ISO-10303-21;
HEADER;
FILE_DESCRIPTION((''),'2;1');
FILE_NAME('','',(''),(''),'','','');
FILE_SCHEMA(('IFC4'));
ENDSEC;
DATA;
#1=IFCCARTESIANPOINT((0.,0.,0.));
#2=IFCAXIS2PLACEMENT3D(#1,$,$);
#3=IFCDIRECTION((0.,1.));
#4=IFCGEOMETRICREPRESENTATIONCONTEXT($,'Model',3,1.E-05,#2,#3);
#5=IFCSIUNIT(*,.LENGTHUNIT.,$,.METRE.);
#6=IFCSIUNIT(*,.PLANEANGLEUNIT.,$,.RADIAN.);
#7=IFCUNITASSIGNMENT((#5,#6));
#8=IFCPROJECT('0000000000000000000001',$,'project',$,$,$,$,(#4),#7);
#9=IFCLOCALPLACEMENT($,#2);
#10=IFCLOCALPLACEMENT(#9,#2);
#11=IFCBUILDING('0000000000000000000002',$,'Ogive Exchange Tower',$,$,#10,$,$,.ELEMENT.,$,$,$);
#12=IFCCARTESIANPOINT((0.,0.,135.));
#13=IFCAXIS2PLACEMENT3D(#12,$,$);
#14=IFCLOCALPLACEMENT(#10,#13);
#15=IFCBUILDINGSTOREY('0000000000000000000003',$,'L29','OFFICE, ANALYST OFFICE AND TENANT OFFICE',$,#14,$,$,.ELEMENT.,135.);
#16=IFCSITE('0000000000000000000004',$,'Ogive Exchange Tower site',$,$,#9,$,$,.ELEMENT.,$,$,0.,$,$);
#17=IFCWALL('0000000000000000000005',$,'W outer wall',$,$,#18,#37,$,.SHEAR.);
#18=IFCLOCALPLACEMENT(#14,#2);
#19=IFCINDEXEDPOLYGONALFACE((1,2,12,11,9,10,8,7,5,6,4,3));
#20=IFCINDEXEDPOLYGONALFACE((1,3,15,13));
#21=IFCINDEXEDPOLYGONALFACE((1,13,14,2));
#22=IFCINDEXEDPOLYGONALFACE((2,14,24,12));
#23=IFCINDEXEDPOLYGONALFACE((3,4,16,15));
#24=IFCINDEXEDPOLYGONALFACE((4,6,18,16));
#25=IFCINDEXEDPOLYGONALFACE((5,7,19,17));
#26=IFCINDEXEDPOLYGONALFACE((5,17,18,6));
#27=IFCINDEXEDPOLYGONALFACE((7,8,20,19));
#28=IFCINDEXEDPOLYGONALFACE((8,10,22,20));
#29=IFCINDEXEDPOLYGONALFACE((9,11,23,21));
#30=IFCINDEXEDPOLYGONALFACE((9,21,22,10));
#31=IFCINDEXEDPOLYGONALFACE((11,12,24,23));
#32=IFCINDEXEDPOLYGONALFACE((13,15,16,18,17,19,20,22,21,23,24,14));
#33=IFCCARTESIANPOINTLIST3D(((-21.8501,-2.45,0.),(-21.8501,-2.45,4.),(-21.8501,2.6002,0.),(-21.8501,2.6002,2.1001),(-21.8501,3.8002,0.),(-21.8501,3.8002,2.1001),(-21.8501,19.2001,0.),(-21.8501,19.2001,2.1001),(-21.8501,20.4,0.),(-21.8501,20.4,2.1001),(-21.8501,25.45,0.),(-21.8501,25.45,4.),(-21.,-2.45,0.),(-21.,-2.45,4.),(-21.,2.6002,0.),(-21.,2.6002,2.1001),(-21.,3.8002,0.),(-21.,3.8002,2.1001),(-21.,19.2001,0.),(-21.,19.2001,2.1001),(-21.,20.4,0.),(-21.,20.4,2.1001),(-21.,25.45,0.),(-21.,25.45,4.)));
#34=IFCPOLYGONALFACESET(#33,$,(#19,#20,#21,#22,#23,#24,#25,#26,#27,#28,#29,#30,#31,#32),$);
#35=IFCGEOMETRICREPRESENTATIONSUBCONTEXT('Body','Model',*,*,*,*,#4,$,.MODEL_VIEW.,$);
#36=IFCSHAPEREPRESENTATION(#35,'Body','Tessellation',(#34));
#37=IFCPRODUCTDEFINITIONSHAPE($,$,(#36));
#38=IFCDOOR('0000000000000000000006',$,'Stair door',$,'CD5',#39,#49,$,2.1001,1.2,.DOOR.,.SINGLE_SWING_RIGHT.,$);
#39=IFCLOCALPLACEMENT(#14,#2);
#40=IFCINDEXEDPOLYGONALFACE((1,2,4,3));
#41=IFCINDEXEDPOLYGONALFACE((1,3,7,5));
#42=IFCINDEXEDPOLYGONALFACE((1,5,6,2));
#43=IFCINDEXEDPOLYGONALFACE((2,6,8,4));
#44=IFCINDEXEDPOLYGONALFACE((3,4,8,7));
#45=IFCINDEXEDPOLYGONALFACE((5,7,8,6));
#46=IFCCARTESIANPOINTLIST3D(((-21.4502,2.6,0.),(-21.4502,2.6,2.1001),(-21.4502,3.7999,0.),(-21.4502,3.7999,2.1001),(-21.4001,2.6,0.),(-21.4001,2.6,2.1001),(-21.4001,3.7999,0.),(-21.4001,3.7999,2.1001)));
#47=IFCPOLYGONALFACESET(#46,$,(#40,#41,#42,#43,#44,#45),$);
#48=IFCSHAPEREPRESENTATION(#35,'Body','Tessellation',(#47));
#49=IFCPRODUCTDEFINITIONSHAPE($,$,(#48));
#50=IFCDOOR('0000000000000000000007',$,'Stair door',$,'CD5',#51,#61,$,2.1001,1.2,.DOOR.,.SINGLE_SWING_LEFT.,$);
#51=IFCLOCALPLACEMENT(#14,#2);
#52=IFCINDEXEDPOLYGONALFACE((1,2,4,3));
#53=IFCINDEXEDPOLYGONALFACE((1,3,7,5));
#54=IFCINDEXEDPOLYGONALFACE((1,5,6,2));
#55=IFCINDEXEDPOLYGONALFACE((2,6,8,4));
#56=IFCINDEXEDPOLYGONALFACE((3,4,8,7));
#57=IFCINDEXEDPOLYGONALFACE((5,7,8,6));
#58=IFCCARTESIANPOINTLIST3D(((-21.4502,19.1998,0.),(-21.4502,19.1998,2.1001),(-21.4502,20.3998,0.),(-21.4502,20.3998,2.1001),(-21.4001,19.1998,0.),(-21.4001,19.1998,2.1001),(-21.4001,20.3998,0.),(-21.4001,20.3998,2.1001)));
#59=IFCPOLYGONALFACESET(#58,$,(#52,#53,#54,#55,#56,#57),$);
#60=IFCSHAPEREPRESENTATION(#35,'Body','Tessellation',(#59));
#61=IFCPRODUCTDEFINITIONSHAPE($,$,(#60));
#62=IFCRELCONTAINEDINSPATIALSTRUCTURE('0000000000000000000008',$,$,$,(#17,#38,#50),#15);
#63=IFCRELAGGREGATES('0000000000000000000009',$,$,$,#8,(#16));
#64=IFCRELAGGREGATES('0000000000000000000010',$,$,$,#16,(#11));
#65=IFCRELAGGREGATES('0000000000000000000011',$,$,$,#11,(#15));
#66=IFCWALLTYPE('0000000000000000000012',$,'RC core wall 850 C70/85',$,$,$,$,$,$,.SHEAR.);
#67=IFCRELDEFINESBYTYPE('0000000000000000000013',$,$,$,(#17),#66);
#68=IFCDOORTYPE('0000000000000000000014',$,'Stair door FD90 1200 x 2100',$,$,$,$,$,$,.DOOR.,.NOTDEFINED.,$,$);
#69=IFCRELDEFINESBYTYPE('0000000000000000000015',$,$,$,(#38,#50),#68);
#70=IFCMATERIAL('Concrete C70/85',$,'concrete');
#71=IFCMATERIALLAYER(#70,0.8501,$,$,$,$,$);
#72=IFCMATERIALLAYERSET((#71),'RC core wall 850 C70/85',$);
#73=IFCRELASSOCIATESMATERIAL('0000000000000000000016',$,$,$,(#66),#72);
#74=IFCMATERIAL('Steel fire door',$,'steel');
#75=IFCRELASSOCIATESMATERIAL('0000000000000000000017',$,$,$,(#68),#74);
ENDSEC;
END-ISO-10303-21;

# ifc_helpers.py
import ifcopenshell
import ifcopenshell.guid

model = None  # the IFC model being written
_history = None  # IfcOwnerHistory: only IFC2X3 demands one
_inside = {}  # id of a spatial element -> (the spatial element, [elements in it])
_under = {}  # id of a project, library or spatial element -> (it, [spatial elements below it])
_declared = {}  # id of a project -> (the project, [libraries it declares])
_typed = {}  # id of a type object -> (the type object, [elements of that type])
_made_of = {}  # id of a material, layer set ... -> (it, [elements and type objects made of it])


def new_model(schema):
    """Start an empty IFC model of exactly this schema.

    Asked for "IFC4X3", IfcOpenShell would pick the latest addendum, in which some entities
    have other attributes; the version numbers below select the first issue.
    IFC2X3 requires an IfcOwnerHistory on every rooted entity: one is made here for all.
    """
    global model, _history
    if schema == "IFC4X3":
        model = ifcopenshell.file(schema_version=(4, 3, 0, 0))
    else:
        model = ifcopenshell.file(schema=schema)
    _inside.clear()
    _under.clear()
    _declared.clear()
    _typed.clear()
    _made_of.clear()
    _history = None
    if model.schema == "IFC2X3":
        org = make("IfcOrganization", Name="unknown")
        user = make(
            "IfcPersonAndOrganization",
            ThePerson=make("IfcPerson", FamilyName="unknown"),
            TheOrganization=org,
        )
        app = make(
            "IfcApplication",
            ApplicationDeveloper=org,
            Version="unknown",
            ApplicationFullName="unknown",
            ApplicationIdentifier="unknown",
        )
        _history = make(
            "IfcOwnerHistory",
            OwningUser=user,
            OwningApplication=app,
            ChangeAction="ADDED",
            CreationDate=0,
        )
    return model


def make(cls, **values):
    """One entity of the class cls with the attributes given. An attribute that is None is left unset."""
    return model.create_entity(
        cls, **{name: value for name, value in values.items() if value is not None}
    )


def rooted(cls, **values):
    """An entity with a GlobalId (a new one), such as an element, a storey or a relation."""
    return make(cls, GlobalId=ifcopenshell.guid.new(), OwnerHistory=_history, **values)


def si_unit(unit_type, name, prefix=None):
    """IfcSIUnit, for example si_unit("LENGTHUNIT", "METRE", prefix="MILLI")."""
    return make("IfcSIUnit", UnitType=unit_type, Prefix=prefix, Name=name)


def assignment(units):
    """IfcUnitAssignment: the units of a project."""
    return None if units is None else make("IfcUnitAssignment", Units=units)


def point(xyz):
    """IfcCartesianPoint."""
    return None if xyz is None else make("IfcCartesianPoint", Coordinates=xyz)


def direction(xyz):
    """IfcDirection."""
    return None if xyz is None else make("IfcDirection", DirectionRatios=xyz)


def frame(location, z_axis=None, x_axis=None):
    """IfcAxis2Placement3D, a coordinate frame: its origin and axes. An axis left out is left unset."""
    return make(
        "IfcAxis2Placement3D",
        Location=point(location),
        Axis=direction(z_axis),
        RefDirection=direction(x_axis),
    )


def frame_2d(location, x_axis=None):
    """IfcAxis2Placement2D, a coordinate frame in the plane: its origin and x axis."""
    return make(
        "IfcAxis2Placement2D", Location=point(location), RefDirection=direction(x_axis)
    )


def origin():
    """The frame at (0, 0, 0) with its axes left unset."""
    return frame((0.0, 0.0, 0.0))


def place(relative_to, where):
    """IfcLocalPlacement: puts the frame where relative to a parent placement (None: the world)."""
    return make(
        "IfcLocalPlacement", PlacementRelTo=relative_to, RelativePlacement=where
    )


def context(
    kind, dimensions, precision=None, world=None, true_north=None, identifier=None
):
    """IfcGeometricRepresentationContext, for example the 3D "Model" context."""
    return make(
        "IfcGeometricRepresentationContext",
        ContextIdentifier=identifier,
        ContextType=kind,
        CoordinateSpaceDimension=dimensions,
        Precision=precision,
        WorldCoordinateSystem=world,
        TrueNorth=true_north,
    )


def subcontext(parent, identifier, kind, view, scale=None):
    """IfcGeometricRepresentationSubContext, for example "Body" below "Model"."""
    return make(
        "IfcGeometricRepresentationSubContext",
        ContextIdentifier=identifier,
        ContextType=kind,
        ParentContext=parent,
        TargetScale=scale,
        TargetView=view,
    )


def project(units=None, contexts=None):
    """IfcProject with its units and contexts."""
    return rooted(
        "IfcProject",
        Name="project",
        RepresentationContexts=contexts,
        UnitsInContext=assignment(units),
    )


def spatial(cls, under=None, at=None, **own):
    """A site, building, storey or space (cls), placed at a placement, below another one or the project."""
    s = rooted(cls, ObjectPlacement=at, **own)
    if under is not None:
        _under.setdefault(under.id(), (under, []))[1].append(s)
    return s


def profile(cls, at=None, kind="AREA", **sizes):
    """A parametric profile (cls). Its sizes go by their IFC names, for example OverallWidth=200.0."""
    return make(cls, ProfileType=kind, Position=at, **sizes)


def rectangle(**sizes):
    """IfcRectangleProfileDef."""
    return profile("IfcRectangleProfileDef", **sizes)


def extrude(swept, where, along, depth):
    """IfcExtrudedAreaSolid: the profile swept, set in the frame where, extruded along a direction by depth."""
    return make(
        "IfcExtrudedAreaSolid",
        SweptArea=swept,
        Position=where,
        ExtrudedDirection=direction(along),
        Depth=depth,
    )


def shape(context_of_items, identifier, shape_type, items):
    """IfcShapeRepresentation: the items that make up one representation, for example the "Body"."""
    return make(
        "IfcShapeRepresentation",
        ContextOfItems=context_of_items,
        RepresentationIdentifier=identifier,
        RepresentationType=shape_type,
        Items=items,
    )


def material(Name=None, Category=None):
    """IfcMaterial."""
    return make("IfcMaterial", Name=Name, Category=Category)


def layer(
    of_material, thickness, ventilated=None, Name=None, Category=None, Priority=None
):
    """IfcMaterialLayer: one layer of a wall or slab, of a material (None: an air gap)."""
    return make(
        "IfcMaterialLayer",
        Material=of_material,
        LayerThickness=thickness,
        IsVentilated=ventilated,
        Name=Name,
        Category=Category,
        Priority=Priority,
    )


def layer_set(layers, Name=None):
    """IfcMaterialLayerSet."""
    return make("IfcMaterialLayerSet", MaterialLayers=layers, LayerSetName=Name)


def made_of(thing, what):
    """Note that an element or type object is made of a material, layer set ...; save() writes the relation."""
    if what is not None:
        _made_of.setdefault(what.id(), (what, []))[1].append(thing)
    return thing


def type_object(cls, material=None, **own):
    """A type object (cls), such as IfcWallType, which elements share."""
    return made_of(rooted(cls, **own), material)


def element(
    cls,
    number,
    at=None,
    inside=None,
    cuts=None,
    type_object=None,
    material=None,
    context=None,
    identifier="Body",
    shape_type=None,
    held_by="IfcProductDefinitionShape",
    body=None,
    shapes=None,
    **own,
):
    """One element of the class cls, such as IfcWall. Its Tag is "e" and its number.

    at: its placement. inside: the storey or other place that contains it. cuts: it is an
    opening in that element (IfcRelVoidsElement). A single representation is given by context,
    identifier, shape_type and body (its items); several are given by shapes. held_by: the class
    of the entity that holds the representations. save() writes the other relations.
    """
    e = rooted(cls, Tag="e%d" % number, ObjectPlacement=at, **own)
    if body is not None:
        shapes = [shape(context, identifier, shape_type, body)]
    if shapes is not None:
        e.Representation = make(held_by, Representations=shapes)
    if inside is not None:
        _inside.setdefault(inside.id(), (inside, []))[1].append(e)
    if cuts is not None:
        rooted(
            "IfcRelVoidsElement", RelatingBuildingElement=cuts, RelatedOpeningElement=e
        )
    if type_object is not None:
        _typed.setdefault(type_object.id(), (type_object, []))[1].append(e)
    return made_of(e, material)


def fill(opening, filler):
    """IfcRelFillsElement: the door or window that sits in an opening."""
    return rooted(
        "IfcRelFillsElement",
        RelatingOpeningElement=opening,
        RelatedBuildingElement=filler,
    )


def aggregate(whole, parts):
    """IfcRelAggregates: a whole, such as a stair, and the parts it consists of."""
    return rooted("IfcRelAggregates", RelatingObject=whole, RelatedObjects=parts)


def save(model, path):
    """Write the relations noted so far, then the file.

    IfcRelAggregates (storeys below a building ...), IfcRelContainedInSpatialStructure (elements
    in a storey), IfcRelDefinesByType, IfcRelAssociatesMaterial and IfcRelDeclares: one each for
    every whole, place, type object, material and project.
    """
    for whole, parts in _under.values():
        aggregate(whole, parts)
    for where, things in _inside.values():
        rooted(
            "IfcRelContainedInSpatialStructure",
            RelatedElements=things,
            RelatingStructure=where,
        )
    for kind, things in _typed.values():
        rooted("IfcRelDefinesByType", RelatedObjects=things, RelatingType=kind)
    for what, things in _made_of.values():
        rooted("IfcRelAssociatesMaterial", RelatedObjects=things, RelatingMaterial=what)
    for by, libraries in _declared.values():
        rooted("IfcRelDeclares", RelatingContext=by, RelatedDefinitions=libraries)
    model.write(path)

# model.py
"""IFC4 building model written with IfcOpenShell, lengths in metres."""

from ifc_helpers import new_model, si_unit, direction, frame, frame_2d, origin, place, context, subcontext, project, spatial, rectangle, extrude, material, layer, layer_set, type_object, element, fill, save


model = new_model("IFC4")

# Units and contexts
model_context = context("Model", 3, precision=1e-05, world=origin(), true_north=direction((0.0, 1.0)))
body_context = subcontext(model_context, "Body", "Model", "MODEL_VIEW")
ifc_project = project(units=[si_unit("LENGTHUNIT", "METRE"), si_unit("PLANEANGLEUNIT", "RADIAN")], contexts=[model_context])

# Site, building, storey
site_placement = place(None, origin())
site = spatial("IfcSite", under=ifc_project, at=site_placement, Name="Ogive Exchange Tower site", CompositionType="ELEMENT", RefElevation=0.0)
building_placement = place(site_placement, origin())
building = spatial("IfcBuilding", under=site, at=building_placement, Name="Ogive Exchange Tower", CompositionType="ELEMENT")
storey_placement = place(building_placement, frame((0.0, 0.0, 135.0)))
storey = spatial("IfcBuildingStorey", under=building, at=storey_placement, Name="L29", Description="OFFICE, ANALYST OFFICE AND TENANT OFFICE", CompositionType="ELEMENT", Elevation=135.0)

# Shared definitions
ifc_material_1 = material(Name="Concrete C70/85", Category="concrete")

# Wall, openings, doors
ifc_layer_1 = layer(ifc_material_1, 0.8501)
ifc_layer_set_1 = layer_set([ifc_layer_1], Name="RC core wall 850 C70/85")
wall_type_1 = type_object("IfcWallType", Name="RC core wall 850 C70/85", PredefinedType="SHEAR", material=ifc_layer_set_1)
wall_1_placement = place(storey_placement, frame((-21.425, -2.45, 0.0), z_axis=(0.0, 0.0, 1.0), x_axis=(0.0, 1.0, 0.0)))
wall_1 = element("IfcWall", 1, at=wall_1_placement, inside=storey, type_object=wall_type_1, Name="W outer wall", PredefinedType="SHEAR", context=body_context, shape_type="SweptSolid", body=[
    extrude(rectangle(XDim=27.8999, YDim=0.8501, at=frame_2d((13.95, 0.0))), origin(), (0.0, 0.0, 1.0), 4.0),
])
opening_1_placement = place(wall_1_placement, frame((5.05, 0.0, 0.0)))
opening_1 = element("IfcOpeningElement", 2, at=opening_1_placement, cuts=wall_1, PredefinedType="OPENING", context=body_context, shape_type="SweptSolid", body=[
    extrude(rectangle(XDim=1.2, YDim=2.1001, at=frame_2d((0.6001, 1.05))), frame((0.0, 0.4351, 0.0), z_axis=(0.0, -1.0, 0.0), x_axis=(1.0, 0.0, 0.0)), (0.0, 0.0, 1.0), 0.8701),
])
opening_2_placement = place(wall_1_placement, frame((21.6499, 0.0, 0.0)))
opening_2 = element("IfcOpeningElement", 3, at=opening_2_placement, cuts=wall_1, PredefinedType="OPENING", context=body_context, shape_type="SweptSolid", body=[
    extrude(rectangle(XDim=1.2, YDim=2.1001, at=frame_2d((0.6001, 1.05))), frame((0.0, 0.4351, 0.0), z_axis=(0.0, -1.0, 0.0), x_axis=(1.0, 0.0, 0.0)), (0.0, 0.0, 1.0), 0.8701),
])
ifc_material_2 = material(Name="Steel fire door", Category="steel")
door_type_1 = type_object("IfcDoorType", Name="Stair door FD90 1200 x 2100", OperationType="NOTDEFINED", PredefinedType="DOOR", material=ifc_material_2)
door_1_placement = place(opening_1_placement, frame((1.2, 0.0, 0.0), z_axis=(0.0, 0.0, 1.0), x_axis=(-1.0, 0.0, 0.0)))
door_1 = element("IfcDoor", 4, at=door_1_placement, inside=storey, type_object=door_type_1, Name="Stair door", ObjectType="CD5", OperationType="SINGLE_SWING_RIGHT", OverallHeight=2.1001, OverallWidth=1.2, PredefinedType="DOOR", context=body_context, shape_type="SweptSolid", body=[
    extrude(rectangle(XDim=1.2, YDim=2.1001, at=frame_2d((0.6001, 1.05))), frame((0.0, 0.0249, 0.0), z_axis=(0.0, -1.0, 0.0), x_axis=(1.0, 0.0, 0.0)), (0.0, 0.0, 1.0), 0.05),
])
fill(opening_1, door_1)
door_2_placement = place(opening_2_placement, frame((1.2, 0.0, 0.0), z_axis=(0.0, 0.0, 1.0), x_axis=(-1.0, 0.0, 0.0)))
door_2 = element("IfcDoor", 5, at=door_2_placement, inside=storey, type_object=door_type_1, Name="Stair door", ObjectType="CD5", OperationType="SINGLE_SWING_LEFT", OverallHeight=2.1001, OverallWidth=1.2, PredefinedType="DOOR", context=body_context, shape_type="SweptSolid", body=[
    extrude(rectangle(XDim=1.2, YDim=2.1001, at=frame_2d((0.6001, 1.05))), frame((0.0, 0.0249, 0.0), z_axis=(0.0, -1.0, 0.0), x_axis=(1.0, 0.0, 0.0)), (0.0, 0.0, 1.0), 0.05),
])
fill(opening_2, door_2)

save(model, "model.ifc")
